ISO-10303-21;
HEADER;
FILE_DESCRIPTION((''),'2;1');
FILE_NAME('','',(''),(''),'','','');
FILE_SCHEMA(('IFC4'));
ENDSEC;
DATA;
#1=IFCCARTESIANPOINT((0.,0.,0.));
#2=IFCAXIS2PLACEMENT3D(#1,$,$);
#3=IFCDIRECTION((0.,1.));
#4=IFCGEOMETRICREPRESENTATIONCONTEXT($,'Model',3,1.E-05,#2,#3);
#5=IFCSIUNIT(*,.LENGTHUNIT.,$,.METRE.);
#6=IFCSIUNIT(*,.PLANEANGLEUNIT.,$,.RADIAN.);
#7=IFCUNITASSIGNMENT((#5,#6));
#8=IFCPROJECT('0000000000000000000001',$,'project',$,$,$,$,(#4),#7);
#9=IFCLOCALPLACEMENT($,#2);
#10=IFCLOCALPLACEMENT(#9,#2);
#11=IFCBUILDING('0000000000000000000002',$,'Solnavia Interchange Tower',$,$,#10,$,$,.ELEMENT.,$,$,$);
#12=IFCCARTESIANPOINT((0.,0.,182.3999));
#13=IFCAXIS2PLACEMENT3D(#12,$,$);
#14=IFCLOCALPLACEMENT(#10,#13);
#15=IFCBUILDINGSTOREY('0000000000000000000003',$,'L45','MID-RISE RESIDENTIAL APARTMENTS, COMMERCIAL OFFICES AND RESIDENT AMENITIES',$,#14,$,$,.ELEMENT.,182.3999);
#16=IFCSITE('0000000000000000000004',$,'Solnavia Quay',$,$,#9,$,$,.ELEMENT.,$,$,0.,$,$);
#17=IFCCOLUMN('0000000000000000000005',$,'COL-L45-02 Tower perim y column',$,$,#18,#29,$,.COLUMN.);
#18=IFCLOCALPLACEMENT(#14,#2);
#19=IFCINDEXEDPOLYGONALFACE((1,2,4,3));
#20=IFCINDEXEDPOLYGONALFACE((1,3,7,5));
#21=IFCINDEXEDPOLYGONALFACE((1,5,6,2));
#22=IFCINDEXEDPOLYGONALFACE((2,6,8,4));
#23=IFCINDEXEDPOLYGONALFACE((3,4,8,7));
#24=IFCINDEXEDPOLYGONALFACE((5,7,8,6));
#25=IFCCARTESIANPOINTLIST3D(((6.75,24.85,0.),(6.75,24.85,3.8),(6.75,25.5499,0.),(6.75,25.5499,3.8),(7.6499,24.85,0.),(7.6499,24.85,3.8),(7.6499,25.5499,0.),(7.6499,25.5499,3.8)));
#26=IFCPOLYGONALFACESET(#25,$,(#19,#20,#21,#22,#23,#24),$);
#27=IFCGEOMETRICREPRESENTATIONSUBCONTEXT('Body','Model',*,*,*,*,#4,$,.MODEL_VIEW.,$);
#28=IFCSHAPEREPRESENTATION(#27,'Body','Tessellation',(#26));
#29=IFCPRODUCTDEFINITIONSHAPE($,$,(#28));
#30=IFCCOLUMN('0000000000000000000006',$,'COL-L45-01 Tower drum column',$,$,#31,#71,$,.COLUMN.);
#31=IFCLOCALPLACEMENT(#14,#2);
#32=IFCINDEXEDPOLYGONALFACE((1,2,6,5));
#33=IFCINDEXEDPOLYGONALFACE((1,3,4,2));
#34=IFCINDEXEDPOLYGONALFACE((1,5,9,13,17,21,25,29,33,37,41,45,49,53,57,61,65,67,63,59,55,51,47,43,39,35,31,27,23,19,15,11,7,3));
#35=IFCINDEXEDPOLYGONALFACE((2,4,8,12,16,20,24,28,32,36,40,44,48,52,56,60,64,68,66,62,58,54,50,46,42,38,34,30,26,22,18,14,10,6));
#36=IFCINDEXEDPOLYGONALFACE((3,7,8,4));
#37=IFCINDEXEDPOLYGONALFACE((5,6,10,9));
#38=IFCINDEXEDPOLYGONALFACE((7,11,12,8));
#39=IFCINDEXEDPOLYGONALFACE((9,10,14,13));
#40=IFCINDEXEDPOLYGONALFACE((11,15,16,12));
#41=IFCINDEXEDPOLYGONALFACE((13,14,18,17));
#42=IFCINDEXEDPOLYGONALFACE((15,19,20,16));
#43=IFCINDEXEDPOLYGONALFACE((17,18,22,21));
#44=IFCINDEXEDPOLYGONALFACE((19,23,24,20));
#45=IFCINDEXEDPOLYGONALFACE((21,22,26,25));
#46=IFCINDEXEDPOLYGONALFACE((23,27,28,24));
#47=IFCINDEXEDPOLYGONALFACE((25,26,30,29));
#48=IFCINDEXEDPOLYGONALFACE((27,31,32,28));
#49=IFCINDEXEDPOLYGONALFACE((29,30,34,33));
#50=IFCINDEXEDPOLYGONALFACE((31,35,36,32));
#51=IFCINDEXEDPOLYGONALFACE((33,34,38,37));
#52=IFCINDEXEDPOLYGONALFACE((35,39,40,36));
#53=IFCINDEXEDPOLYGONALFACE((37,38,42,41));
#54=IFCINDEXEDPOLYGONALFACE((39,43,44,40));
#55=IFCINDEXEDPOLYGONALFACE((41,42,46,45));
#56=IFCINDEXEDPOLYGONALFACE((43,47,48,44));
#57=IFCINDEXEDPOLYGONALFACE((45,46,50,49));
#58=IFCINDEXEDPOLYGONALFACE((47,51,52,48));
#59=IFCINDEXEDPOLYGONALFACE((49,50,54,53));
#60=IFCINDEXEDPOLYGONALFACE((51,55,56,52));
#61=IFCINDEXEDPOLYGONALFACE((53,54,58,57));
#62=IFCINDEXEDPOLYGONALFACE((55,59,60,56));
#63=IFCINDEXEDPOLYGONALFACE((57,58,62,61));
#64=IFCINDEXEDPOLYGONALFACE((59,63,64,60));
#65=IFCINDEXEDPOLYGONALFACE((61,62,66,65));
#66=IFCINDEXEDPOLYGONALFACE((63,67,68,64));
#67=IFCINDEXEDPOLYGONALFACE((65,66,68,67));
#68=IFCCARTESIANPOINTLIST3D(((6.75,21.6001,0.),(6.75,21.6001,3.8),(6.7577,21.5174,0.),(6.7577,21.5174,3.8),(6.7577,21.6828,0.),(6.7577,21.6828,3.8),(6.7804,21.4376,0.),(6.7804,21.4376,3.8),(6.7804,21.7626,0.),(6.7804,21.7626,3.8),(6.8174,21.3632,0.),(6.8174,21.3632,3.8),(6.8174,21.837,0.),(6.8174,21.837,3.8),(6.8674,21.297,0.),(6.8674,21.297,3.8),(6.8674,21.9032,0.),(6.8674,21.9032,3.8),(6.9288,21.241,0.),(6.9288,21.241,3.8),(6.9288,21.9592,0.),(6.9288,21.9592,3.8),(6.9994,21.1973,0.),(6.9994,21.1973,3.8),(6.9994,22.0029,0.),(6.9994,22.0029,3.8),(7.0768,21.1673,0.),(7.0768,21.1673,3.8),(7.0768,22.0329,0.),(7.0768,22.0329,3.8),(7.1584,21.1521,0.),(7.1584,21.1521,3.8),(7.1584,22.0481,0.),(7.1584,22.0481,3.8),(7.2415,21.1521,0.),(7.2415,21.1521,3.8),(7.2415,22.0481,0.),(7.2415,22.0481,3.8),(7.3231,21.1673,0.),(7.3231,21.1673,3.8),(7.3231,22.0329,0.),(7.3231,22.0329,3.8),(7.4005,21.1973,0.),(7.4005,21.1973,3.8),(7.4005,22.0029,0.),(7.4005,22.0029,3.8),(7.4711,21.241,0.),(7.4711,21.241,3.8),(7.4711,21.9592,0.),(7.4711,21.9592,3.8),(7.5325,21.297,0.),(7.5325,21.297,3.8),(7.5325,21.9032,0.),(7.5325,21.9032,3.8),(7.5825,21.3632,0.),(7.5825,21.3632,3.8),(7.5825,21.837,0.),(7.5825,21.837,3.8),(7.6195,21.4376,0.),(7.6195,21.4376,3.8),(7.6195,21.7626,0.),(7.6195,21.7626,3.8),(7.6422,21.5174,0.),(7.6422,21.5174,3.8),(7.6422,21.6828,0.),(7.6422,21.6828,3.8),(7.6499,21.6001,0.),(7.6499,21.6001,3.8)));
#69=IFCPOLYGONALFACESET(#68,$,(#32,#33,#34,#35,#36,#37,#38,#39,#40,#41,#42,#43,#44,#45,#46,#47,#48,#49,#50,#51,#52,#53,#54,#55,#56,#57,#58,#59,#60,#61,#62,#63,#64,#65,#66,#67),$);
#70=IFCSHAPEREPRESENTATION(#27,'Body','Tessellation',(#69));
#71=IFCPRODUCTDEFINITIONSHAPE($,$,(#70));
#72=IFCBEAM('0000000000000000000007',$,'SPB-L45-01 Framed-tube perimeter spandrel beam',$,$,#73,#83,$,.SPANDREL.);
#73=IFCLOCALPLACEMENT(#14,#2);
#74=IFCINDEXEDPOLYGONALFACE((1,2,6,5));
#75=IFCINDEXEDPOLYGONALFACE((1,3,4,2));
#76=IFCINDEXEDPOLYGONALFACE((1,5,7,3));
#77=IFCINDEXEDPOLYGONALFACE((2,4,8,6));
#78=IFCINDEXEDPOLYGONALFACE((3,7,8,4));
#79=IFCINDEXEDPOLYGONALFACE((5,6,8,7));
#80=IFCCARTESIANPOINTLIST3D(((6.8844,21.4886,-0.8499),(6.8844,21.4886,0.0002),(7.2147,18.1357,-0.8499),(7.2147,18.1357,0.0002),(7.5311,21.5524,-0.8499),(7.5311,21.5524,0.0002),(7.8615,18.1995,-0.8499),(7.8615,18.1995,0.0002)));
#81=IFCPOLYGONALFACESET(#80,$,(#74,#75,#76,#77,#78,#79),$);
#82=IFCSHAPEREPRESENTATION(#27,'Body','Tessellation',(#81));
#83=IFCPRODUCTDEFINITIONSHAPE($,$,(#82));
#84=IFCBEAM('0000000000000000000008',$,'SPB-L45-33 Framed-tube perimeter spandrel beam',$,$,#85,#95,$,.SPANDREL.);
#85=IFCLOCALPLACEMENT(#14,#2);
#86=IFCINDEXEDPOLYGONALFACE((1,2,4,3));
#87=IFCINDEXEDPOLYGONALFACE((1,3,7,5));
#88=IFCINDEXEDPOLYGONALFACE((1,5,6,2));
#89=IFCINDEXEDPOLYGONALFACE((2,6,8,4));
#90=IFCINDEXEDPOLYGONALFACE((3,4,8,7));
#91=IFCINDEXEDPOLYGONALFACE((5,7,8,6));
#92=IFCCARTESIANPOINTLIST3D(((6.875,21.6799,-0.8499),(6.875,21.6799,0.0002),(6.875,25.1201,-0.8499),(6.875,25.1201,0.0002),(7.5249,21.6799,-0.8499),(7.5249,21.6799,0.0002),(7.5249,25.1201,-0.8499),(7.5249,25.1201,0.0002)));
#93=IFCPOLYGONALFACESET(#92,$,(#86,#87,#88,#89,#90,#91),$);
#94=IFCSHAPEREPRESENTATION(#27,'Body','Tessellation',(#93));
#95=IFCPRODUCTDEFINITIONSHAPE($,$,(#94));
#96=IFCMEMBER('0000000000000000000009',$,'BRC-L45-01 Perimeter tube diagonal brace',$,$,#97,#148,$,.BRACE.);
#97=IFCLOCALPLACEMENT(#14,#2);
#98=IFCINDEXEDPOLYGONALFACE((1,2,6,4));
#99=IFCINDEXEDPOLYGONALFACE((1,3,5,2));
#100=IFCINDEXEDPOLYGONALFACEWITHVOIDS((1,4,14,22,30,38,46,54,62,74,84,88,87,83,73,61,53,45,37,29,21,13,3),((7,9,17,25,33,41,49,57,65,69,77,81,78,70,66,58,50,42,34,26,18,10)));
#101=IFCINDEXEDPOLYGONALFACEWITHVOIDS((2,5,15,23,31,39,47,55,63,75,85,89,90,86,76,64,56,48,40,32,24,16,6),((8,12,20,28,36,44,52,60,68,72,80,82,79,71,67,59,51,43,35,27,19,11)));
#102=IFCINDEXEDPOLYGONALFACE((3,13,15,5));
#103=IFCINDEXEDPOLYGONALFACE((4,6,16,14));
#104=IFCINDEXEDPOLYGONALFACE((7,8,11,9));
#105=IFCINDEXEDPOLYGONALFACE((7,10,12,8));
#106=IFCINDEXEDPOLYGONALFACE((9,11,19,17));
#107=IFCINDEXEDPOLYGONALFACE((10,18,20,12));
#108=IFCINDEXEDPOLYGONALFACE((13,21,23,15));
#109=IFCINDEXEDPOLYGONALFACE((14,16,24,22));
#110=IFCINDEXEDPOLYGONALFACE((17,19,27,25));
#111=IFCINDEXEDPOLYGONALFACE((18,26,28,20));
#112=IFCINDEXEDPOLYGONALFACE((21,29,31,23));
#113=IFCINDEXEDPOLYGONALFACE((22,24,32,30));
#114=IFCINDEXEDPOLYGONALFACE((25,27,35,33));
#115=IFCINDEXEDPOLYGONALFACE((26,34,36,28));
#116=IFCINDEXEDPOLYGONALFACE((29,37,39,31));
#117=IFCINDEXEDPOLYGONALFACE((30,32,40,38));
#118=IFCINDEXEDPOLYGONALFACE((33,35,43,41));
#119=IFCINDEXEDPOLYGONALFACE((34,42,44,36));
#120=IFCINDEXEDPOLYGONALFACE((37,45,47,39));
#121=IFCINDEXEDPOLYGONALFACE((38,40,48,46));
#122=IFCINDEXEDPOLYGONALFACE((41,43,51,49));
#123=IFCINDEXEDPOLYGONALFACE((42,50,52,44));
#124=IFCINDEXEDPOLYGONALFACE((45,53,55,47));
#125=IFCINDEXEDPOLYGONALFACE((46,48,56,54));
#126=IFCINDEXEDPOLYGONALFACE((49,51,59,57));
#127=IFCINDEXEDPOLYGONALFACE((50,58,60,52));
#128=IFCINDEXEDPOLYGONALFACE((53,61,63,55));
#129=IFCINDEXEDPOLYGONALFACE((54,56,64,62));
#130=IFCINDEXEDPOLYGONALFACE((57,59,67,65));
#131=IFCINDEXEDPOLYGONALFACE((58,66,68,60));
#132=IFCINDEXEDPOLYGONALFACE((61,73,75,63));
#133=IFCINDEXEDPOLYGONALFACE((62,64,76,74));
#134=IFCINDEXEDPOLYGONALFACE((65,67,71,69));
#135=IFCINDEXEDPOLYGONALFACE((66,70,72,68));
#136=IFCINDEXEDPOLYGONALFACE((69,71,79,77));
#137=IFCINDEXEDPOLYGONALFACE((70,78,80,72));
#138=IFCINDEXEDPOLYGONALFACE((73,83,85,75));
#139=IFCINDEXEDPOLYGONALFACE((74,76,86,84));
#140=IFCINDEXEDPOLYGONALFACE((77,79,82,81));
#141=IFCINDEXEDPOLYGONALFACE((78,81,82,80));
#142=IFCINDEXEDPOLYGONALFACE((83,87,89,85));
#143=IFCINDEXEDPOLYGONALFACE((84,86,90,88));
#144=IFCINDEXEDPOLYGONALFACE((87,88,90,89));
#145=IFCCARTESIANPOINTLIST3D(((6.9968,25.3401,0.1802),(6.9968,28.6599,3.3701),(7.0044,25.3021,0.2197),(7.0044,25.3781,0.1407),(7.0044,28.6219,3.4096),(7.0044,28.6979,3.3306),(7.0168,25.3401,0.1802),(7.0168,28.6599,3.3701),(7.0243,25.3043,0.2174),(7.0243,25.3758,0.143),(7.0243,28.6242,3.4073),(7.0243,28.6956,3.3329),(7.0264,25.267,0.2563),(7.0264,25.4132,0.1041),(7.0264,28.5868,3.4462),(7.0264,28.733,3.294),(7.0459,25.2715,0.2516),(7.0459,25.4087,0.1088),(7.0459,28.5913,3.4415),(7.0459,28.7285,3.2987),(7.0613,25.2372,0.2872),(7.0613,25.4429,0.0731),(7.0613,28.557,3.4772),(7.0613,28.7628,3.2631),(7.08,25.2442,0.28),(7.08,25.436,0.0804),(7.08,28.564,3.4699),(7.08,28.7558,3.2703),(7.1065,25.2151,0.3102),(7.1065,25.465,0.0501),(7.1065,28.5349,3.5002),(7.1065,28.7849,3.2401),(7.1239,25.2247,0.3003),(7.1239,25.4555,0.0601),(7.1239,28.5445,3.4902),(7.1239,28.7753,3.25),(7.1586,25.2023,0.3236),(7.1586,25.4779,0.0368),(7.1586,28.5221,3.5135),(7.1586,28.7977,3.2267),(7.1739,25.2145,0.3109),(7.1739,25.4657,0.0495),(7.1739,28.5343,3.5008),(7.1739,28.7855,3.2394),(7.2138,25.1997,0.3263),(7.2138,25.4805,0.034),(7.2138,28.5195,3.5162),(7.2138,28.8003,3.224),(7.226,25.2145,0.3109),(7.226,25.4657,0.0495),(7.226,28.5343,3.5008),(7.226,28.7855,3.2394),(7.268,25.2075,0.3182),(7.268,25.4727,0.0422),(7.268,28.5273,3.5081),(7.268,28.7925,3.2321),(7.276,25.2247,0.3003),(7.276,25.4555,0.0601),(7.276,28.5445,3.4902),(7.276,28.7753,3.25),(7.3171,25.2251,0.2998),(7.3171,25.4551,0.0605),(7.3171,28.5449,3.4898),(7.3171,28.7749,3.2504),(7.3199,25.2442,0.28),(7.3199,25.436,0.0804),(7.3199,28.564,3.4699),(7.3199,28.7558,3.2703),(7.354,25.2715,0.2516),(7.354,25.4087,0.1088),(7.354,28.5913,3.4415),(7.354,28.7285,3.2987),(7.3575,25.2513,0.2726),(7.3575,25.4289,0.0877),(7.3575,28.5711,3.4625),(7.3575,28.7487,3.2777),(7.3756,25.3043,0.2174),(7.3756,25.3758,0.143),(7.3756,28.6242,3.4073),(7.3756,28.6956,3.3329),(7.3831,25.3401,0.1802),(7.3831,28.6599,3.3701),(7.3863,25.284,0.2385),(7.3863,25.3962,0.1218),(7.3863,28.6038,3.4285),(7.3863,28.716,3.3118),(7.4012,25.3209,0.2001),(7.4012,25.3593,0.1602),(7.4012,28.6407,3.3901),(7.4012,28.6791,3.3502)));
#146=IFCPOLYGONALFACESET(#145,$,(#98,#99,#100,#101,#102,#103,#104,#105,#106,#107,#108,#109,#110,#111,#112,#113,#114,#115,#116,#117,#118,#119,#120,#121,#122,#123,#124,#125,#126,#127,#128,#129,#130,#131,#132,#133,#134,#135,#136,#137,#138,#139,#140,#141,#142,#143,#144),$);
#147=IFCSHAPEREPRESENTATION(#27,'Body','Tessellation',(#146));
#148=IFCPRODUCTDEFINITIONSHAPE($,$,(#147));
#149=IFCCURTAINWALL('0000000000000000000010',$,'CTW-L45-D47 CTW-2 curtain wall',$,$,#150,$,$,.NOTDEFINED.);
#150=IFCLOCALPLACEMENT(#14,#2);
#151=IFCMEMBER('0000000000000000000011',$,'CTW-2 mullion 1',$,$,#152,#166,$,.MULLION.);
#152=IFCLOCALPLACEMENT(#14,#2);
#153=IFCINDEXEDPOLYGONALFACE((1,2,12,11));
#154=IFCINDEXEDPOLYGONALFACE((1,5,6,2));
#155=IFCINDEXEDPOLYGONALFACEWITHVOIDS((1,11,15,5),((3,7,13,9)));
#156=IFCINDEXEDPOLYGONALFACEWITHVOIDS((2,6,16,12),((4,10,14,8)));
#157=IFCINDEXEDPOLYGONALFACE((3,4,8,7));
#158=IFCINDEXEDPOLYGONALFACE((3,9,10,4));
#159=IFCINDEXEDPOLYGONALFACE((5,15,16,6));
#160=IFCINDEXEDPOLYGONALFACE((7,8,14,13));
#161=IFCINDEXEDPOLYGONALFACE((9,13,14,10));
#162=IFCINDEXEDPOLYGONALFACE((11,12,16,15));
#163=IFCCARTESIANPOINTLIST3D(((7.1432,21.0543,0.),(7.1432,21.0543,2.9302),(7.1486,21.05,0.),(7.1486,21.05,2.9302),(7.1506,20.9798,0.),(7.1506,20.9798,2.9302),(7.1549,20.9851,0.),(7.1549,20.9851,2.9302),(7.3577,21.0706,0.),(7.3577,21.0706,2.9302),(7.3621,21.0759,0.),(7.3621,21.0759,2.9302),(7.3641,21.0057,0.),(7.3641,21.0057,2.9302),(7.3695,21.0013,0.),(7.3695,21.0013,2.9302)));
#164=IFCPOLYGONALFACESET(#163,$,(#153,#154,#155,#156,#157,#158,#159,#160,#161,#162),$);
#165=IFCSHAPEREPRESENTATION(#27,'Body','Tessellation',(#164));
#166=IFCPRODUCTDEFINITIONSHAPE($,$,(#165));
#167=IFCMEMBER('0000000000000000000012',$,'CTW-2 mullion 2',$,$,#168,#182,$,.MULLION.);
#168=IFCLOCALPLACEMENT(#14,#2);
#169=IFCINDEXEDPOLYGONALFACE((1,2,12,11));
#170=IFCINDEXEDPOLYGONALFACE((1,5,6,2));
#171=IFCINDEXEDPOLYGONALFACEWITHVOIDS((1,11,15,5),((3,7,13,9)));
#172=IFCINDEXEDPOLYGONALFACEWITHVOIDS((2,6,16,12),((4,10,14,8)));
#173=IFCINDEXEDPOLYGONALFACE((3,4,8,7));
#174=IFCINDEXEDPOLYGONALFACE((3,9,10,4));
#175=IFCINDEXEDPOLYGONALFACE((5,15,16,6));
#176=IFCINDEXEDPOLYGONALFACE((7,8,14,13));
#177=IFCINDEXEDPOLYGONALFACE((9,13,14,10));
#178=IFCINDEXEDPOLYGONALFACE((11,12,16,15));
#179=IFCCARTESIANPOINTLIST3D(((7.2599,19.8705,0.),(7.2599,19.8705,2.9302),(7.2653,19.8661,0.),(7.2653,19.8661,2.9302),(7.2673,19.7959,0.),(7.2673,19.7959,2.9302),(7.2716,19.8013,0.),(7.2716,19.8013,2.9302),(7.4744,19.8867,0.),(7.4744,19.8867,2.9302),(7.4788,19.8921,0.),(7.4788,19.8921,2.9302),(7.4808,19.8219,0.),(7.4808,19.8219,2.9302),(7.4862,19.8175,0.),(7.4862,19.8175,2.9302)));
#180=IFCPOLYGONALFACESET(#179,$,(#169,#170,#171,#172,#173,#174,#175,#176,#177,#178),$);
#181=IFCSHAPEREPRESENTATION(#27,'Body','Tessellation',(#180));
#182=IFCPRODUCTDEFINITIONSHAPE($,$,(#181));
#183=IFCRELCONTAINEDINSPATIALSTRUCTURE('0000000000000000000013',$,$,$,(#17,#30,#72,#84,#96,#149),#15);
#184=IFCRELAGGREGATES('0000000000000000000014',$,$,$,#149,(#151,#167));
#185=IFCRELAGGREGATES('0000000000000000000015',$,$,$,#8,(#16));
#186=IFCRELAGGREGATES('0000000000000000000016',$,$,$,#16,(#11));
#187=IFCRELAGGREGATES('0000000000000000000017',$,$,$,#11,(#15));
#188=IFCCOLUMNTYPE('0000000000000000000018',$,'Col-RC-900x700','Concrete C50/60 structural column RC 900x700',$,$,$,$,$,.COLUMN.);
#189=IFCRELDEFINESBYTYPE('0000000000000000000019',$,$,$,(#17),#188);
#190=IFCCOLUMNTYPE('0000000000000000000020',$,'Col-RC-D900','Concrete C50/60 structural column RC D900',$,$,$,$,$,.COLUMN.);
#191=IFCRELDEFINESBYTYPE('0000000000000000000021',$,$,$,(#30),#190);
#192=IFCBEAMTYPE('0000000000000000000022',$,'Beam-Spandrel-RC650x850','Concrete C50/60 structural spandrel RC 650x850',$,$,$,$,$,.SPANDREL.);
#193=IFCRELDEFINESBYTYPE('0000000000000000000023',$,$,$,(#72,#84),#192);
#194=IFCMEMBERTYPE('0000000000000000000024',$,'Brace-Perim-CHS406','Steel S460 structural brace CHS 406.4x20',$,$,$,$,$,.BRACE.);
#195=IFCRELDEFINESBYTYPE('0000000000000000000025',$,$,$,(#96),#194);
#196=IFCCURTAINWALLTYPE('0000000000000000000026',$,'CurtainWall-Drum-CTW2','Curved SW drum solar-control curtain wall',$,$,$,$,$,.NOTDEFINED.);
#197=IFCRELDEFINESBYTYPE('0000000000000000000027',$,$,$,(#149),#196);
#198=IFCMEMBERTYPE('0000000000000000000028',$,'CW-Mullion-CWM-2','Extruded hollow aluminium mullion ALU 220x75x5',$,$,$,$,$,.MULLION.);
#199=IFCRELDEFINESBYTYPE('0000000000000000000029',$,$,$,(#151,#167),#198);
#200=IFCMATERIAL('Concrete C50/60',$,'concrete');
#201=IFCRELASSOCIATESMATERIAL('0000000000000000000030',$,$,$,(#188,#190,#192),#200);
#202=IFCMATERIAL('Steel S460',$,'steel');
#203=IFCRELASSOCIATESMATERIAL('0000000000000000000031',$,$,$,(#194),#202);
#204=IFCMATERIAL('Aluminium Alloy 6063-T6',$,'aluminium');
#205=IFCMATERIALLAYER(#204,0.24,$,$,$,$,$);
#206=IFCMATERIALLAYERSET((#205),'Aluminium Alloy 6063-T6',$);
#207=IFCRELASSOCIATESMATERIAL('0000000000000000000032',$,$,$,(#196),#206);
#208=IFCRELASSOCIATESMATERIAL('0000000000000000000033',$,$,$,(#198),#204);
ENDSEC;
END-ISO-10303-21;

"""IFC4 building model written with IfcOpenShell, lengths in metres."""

from ifc_helpers import new_model, si_unit, direction, frame, origin, origin_2d, place, context, subcontext, project, spatial, rectangle, hollow_rectangle, circle, hollow_circle, extrude, material, layer, layer_set, material_profile, profile_set, type_object, element, aggregate, save


model = new_model("IFC4")

# Units and contexts
model_context = context("Model", 3, precision=1e-05, world=origin(), true_north=direction((0.0, 1.0)))
body_context = subcontext(model_context, "Body", "Model", "MODEL_VIEW")
ifc_project = project(units=[si_unit("LENGTHUNIT", "METRE"), si_unit("PLANEANGLEUNIT", "RADIAN")], contexts=[model_context])

# Site, building, storey
site_placement = place(None, origin())
site = spatial("IfcSite", under=ifc_project, at=site_placement, Name="Solnavia Quay", CompositionType="ELEMENT", RefElevation=0.0)
building_placement = place(site_placement, origin())
building = spatial("IfcBuilding", under=site, at=building_placement, Name="Solnavia Interchange Tower", CompositionType="ELEMENT")
storey_placement = place(building_placement, frame((0.0, 0.0, 182.3999)))
storey = spatial("IfcBuildingStorey", under=building, at=storey_placement, Name="L45", Description="MID-RISE RESIDENTIAL APARTMENTS, COMMERCIAL OFFICES AND RESIDENT AMENITIES", CompositionType="ELEMENT", Elevation=182.3999)

# Columns
ifc_material_1 = material(Name="Concrete C50/60", Category="concrete")
ifc_material_profile_1 = material_profile(ifc_material_1, rectangle(XDim=0.7, YDim=0.8999, at=origin_2d()), Name="RC 900x700")
ifc_profile_set_1 = profile_set([ifc_material_profile_1], Name="Concrete C50/60")
column_type_1 = type_object("IfcColumnType", Name="Col-RC-900x700", Description="Concrete C50/60 structural column RC 900x700", PredefinedType="COLUMN", material=ifc_profile_set_1)
column_1_placement = place(storey_placement, frame((7.2, 25.2, 0.0), z_axis=(0.0, 0.0, 1.0), x_axis=(0.0, 1.0, 0.0)))
element("IfcColumn", 1, at=column_1_placement, inside=storey, type_object=column_type_1, Name="COL-L45-02 Tower perim y column", PredefinedType="COLUMN", context=body_context, shape_type="SweptSolid", body=[
    extrude(rectangle(XDim=0.7, YDim=0.8999, at=origin_2d()), origin(), (0.0, 0.0, 1.0), 3.8),
])
ifc_material_profile_2 = material_profile(ifc_material_1, circle(Radius=0.45, at=origin_2d()), Name="RC D900")
ifc_profile_set_2 = profile_set([ifc_material_profile_2], Name="Concrete C50/60")
column_type_2 = type_object("IfcColumnType", Name="Col-RC-D900", Description="Concrete C50/60 structural column RC D900", PredefinedType="COLUMN", material=ifc_profile_set_2)
column_2_placement = place(storey_placement, frame((7.2, 21.6001, 0.0), z_axis=(0.0, 0.0, 1.0), x_axis=(1.0, 0.0, 0.0)))
element("IfcColumn", 2, at=column_2_placement, inside=storey, type_object=column_type_2, Name="COL-L45-01 Tower drum column", PredefinedType="COLUMN", context=body_context, shape_type="SweptSolid", body=[
    extrude(circle(Radius=0.45, at=origin_2d()), origin(), (0.0, 0.0, 1.0), 3.8),
])

# Beams
ifc_material_profile_3 = material_profile(ifc_material_1, rectangle(XDim=0.6499, YDim=0.8501, at=origin_2d()), Name="RC 650x850")
ifc_profile_set_3 = profile_set([ifc_material_profile_3], Name="Concrete C50/60")
beam_type = type_object("IfcBeamType", Name="Beam-Spandrel-RC650x850", Description="Concrete C50/60 structural spandrel RC 650x850", PredefinedType="SPANDREL", material=ifc_profile_set_3)
beam_1_placement = place(storey_placement, frame((7.2078, 21.5205, -0.4248), z_axis=(0.09804, -0.995182, 0.0), x_axis=(0.995182, 0.09804, 0.0)))
element("IfcBeam", 3, at=beam_1_placement, inside=storey, type_object=beam_type, Name="SPB-L45-01 Framed-tube perimeter spandrel beam", PredefinedType="SPANDREL", context=body_context, shape_type="SweptSolid", body=[
    extrude(rectangle(XDim=0.6499, YDim=0.8501, at=origin_2d()), origin(), (0.0, 0.0, 1.0), 3.3691),
])
beam_2_placement = place(storey_placement, frame((7.2, 25.1201, -0.4248), z_axis=(0.0, -1.0, 0.0), x_axis=(1.0, 0.0, 0.0)))
element("IfcBeam", 4, at=beam_2_placement, inside=storey, type_object=beam_type, Name="SPB-L45-33 Framed-tube perimeter spandrel beam", PredefinedType="SPANDREL", context=body_context, shape_type="SweptSolid", body=[
    extrude(rectangle(XDim=0.6499, YDim=0.8501, at=origin_2d()), origin(), (0.0, 0.0, 1.0), 3.4402),
])

# Member
ifc_material_2 = material(Name="Steel S460", Category="steel")
ifc_material_profile_4 = material_profile(ifc_material_2, hollow_circle(Radius=0.2031, WallThickness=0.02, at=origin_2d()), Name="CHS 406.4x20")
ifc_profile_set_4 = profile_set([ifc_material_profile_4], Name="Steel S460")
member_type_1 = type_object("IfcMemberType", Name="Brace-Perim-CHS406", Description="Steel S460 structural brace CHS 406.4x20", PredefinedType="BRACE", material=ifc_profile_set_4)
member_1_placement = place(storey_placement, frame((7.2, 25.3401, 0.1802), z_axis=(0.0, 0.721071, 0.692861), x_axis=(-1.0, 0.0, 0.0)))
element("IfcMember", 5, at=member_1_placement, inside=storey, type_object=member_type_1, Name="BRC-L45-01 Perimeter tube diagonal brace", PredefinedType="BRACE", context=body_context, shape_type="SweptSolid", body=[
    extrude(hollow_circle(Radius=0.2031, WallThickness=0.02, at=origin_2d()), origin(), (0.0, 0.0, 1.0), 4.604),
])

# Curtain wall, members
ifc_material_3 = material(Name="Aluminium Alloy 6063-T6", Category="aluminium")
ifc_layer_1 = layer(ifc_material_3, 0.24)
ifc_layer_set_1 = layer_set([ifc_layer_1], Name="Aluminium Alloy 6063-T6")
curtain_wall_type = type_object("IfcCurtainWallType", Name="CurtainWall-Drum-CTW2", Description="Curved SW drum solar-control curtain wall", PredefinedType="NOTDEFINED", material=ifc_layer_set_1)
curtain_wall_placement = place(storey_placement, origin())
curtain_wall = element("IfcCurtainWall", 6, at=curtain_wall_placement, inside=storey, type_object=curtain_wall_type, Name="CTW-L45-D47 CTW-2 curtain wall", PredefinedType="NOTDEFINED")
ifc_material_profile_5 = material_profile(ifc_material_3, hollow_rectangle(XDim=0.075, YDim=0.22, WallThickness=0.0049, at=origin_2d()), Name="ALU 220x75x5")
ifc_profile_set_5 = profile_set([ifc_material_profile_5], Name="Aluminium Alloy 6063-T6")
member_type_2 = type_object("IfcMemberType", Name="CW-Mullion-CWM-2", Description="Extruded hollow aluminium mullion ALU 220x75x5", PredefinedType="MULLION", material=ifc_profile_set_5)
member_2_placement = place(storey_placement, frame((7.2563, 21.0278, 0.0), z_axis=(0.0, 0.0, 1.0), x_axis=(0.098043, -0.995182, 0.0)))
member_2 = element("IfcMember", 7, at=member_2_placement, type_object=member_type_2, Name="CTW-2 mullion 1", PredefinedType="MULLION", context=body_context, shape_type="SweptSolid", body=[
    extrude(hollow_rectangle(XDim=0.075, YDim=0.22, WallThickness=0.0049, at=origin_2d()), origin(), (0.0, 0.0, 1.0), 2.9302),
])
member_3_placement = place(storey_placement, frame((7.373, 19.844, 0.0), z_axis=(0.0, 0.0, 1.0), x_axis=(0.098043, -0.995182, 0.0)))
member_3 = element("IfcMember", 8, at=member_3_placement, type_object=member_type_2, Name="CTW-2 mullion 2", PredefinedType="MULLION", context=body_context, shape_type="SweptSolid", body=[
    extrude(hollow_rectangle(XDim=0.075, YDim=0.22, WallThickness=0.0049, at=origin_2d()), origin(), (0.0, 0.0, 1.0), 2.9302),
])
aggregate(curtain_wall, [member_2, member_3])

save(model, "model.ifc")
